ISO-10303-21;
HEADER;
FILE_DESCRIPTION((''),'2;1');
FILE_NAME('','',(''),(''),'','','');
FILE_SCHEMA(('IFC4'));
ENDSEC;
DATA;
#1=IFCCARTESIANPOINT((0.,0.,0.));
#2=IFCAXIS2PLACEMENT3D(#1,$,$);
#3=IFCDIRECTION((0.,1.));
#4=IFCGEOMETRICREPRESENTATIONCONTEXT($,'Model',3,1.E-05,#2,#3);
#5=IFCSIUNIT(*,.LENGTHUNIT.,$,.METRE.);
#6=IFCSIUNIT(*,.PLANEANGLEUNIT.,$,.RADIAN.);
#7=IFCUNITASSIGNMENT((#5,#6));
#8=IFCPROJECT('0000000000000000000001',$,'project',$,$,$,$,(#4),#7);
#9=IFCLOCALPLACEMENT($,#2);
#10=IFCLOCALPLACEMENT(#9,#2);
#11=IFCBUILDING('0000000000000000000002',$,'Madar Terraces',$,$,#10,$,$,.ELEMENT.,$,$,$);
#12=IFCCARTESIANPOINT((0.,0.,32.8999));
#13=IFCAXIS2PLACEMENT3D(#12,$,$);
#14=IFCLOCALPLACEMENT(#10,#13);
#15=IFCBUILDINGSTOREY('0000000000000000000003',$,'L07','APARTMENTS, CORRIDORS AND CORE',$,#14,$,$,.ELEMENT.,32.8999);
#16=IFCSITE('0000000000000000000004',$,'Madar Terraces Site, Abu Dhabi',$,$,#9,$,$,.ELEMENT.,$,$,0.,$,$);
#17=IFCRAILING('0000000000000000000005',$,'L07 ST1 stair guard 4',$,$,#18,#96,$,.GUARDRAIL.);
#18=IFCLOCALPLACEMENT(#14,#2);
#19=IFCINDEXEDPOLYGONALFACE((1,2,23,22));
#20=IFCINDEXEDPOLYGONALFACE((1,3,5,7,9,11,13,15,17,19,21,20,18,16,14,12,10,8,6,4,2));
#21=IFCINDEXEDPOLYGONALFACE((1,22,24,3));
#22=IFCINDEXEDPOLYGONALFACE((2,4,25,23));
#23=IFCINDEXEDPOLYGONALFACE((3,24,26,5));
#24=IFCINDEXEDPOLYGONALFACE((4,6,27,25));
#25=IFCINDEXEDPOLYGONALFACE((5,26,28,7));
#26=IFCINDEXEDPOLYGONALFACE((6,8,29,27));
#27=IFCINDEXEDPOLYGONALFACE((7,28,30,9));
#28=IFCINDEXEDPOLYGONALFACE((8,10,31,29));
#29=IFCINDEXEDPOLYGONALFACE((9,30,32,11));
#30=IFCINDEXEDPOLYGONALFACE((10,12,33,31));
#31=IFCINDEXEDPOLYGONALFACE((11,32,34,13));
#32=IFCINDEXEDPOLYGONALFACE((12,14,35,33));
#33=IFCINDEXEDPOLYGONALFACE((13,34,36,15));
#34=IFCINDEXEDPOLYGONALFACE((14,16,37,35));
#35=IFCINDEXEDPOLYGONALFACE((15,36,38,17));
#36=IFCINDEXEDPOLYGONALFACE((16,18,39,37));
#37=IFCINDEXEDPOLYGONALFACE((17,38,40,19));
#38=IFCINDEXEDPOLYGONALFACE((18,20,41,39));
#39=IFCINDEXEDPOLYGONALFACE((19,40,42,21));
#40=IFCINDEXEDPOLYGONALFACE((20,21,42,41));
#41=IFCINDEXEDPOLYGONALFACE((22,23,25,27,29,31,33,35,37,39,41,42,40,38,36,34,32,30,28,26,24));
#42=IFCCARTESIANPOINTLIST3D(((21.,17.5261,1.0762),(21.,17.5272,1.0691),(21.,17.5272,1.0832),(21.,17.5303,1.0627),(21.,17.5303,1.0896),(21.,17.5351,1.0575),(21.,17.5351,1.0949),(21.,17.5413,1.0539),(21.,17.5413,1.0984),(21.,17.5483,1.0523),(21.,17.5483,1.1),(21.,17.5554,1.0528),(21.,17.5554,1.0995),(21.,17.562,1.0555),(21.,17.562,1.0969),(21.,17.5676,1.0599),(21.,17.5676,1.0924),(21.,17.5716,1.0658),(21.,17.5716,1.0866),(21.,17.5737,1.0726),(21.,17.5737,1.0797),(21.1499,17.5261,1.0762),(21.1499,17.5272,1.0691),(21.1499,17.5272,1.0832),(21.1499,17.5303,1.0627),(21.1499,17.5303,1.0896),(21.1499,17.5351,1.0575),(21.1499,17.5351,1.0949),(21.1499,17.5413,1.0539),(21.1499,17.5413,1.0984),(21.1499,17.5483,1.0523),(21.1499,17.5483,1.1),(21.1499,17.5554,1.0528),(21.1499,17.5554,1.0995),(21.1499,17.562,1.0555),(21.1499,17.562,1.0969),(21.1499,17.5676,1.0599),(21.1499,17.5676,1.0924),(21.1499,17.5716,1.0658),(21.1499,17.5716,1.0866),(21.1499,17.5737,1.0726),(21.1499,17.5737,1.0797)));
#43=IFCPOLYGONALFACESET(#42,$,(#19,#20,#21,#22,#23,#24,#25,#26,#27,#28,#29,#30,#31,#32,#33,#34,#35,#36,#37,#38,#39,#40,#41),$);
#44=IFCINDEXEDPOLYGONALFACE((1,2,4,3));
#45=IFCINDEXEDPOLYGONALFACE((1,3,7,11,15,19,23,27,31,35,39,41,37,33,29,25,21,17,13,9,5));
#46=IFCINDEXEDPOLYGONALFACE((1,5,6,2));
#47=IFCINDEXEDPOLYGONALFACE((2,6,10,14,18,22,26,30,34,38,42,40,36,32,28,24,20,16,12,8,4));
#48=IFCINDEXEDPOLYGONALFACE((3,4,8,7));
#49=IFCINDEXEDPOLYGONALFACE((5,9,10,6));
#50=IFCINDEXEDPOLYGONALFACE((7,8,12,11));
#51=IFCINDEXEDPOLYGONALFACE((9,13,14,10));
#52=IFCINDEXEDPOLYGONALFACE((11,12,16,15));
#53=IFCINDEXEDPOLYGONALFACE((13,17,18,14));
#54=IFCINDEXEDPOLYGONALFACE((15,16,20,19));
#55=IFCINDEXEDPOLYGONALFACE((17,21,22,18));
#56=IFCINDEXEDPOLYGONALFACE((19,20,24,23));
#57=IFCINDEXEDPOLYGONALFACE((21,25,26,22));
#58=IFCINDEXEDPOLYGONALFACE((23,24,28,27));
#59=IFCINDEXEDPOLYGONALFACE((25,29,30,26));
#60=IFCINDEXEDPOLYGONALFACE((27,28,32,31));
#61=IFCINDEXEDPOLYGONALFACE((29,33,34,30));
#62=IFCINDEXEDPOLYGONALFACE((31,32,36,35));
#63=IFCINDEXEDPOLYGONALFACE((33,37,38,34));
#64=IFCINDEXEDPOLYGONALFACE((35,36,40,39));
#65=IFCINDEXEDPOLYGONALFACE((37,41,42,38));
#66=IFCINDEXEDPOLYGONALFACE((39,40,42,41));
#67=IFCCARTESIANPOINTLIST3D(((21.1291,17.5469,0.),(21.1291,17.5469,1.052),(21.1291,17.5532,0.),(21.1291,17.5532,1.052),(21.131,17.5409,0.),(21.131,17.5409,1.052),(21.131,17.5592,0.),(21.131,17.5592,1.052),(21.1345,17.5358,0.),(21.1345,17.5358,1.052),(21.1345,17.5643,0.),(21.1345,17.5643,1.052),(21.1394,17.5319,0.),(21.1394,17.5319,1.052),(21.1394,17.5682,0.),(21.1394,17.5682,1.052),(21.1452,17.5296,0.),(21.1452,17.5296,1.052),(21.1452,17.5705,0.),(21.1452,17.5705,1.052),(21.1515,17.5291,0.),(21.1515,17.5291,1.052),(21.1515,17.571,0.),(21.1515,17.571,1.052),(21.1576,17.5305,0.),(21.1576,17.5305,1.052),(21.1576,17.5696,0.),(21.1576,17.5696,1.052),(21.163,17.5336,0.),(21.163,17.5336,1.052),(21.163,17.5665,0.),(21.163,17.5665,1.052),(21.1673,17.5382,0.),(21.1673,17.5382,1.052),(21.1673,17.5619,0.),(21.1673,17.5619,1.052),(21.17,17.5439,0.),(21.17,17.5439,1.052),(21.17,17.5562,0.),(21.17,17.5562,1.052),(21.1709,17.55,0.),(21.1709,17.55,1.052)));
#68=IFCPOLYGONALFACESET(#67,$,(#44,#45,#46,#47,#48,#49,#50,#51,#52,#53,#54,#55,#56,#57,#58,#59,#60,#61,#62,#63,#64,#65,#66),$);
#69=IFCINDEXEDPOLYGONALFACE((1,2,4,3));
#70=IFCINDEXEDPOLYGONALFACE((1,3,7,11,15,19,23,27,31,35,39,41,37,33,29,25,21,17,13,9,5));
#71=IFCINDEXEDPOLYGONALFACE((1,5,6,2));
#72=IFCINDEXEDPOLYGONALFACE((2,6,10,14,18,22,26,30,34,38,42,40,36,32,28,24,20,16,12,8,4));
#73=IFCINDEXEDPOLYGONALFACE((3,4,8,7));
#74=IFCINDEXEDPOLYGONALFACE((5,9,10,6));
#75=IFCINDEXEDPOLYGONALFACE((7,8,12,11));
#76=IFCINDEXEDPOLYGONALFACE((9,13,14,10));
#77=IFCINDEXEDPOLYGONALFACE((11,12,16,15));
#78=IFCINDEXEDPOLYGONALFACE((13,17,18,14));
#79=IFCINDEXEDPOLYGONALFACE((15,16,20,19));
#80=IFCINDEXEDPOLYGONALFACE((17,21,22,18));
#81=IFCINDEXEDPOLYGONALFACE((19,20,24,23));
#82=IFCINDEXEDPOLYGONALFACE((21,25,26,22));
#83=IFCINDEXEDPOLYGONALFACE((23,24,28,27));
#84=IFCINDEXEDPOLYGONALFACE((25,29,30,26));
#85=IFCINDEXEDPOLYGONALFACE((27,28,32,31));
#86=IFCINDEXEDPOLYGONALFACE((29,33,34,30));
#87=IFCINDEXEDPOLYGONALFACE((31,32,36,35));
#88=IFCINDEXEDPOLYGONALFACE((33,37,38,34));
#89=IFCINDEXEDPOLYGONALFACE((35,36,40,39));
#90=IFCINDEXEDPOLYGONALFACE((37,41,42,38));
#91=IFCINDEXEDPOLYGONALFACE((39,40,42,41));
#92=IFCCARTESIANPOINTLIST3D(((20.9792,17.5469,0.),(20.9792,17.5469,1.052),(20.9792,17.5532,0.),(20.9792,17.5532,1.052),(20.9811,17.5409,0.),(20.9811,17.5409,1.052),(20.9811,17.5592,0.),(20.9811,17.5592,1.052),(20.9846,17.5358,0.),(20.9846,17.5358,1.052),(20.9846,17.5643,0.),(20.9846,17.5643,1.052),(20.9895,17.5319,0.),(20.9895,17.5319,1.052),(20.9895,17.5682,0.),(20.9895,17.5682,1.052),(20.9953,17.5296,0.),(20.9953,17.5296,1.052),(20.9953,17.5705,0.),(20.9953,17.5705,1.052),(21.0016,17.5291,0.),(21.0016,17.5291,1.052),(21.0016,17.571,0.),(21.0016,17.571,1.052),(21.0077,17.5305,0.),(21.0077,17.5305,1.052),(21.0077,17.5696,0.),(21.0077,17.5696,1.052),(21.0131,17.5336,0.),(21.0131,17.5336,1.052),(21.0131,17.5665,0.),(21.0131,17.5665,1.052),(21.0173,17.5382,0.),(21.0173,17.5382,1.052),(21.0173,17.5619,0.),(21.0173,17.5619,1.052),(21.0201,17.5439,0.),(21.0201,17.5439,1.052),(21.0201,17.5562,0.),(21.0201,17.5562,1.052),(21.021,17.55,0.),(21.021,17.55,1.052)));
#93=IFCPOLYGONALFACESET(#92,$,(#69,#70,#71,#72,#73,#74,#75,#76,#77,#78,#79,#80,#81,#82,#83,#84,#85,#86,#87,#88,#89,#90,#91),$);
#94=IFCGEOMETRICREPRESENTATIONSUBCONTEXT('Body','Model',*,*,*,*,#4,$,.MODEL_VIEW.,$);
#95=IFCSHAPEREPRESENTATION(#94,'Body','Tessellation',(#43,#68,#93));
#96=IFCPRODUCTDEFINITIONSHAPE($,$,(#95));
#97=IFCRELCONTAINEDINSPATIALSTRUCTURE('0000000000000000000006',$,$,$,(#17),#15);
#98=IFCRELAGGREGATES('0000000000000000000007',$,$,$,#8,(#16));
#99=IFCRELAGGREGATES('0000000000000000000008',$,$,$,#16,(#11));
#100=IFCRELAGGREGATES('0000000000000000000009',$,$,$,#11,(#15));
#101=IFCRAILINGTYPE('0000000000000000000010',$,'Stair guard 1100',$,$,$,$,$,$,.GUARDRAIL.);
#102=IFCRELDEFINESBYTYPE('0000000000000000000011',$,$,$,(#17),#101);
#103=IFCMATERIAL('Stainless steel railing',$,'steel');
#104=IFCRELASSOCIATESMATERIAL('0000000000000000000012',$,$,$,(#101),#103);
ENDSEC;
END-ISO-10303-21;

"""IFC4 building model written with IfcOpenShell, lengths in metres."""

from ifc_helpers import new_model, si_unit, direction, frame, origin, origin_2d, place, context, subcontext, project, spatial, circle, extrude, material, type_object, element, save


model = new_model("IFC4")

# Units and contexts
model_context = context("Model", 3, precision=1e-05, world=origin(), true_north=direction((0.0, 1.0)))
body_context = subcontext(model_context, "Body", "Model", "MODEL_VIEW")
ifc_project = project(units=[si_unit("LENGTHUNIT", "METRE"), si_unit("PLANEANGLEUNIT", "RADIAN")], contexts=[model_context])

# Site, building, storey
site_placement = place(None, origin())
site = spatial("IfcSite", under=ifc_project, at=site_placement, Name="Madar Terraces Site, Abu Dhabi", CompositionType="ELEMENT", RefElevation=0.0)
building_placement = place(site_placement, origin())
building = spatial("IfcBuilding", under=site, at=building_placement, Name="Madar Terraces", CompositionType="ELEMENT")
storey_placement = place(building_placement, frame((0.0, 0.0, 32.8999)))
storey = spatial("IfcBuildingStorey", under=building, at=storey_placement, Name="L07", Description="APARTMENTS, CORRIDORS AND CORE", CompositionType="ELEMENT", Elevation=32.8999)

# Railing
ifc_material_1 = material(Name="Stainless steel railing", Category="steel")
railing_type_1 = type_object("IfcRailingType", Name="Stair guard 1100", PredefinedType="GUARDRAIL", material=ifc_material_1)
railing_1_placement = place(storey_placement, frame((21.1499, 17.55, 0.0)))
element("IfcRailing", 1, at=railing_1_placement, inside=storey, type_object=railing_type_1, Name="L07 ST1 stair guard 4", PredefinedType="GUARDRAIL", context=body_context, shape_type="SweptSolid", body=[
    extrude(circle(Radius=0.0239, at=origin_2d()), frame((0.0, 0.0, 1.0762), z_axis=(-1.0, 0.0, 0.0), x_axis=(0.0, -1.0, 0.0)), (0.0, 0.0, 1.0), 0.1499),
    extrude(circle(Radius=0.021, at=origin_2d()), origin(), (0.0, 0.0, 1.0), 1.052),
    extrude(circle(Radius=0.021, at=origin_2d()), frame((-0.1499, 0.0, 0.0)), (0.0, 0.0, 1.0), 1.052),
])

save(model, "model.ifc")
